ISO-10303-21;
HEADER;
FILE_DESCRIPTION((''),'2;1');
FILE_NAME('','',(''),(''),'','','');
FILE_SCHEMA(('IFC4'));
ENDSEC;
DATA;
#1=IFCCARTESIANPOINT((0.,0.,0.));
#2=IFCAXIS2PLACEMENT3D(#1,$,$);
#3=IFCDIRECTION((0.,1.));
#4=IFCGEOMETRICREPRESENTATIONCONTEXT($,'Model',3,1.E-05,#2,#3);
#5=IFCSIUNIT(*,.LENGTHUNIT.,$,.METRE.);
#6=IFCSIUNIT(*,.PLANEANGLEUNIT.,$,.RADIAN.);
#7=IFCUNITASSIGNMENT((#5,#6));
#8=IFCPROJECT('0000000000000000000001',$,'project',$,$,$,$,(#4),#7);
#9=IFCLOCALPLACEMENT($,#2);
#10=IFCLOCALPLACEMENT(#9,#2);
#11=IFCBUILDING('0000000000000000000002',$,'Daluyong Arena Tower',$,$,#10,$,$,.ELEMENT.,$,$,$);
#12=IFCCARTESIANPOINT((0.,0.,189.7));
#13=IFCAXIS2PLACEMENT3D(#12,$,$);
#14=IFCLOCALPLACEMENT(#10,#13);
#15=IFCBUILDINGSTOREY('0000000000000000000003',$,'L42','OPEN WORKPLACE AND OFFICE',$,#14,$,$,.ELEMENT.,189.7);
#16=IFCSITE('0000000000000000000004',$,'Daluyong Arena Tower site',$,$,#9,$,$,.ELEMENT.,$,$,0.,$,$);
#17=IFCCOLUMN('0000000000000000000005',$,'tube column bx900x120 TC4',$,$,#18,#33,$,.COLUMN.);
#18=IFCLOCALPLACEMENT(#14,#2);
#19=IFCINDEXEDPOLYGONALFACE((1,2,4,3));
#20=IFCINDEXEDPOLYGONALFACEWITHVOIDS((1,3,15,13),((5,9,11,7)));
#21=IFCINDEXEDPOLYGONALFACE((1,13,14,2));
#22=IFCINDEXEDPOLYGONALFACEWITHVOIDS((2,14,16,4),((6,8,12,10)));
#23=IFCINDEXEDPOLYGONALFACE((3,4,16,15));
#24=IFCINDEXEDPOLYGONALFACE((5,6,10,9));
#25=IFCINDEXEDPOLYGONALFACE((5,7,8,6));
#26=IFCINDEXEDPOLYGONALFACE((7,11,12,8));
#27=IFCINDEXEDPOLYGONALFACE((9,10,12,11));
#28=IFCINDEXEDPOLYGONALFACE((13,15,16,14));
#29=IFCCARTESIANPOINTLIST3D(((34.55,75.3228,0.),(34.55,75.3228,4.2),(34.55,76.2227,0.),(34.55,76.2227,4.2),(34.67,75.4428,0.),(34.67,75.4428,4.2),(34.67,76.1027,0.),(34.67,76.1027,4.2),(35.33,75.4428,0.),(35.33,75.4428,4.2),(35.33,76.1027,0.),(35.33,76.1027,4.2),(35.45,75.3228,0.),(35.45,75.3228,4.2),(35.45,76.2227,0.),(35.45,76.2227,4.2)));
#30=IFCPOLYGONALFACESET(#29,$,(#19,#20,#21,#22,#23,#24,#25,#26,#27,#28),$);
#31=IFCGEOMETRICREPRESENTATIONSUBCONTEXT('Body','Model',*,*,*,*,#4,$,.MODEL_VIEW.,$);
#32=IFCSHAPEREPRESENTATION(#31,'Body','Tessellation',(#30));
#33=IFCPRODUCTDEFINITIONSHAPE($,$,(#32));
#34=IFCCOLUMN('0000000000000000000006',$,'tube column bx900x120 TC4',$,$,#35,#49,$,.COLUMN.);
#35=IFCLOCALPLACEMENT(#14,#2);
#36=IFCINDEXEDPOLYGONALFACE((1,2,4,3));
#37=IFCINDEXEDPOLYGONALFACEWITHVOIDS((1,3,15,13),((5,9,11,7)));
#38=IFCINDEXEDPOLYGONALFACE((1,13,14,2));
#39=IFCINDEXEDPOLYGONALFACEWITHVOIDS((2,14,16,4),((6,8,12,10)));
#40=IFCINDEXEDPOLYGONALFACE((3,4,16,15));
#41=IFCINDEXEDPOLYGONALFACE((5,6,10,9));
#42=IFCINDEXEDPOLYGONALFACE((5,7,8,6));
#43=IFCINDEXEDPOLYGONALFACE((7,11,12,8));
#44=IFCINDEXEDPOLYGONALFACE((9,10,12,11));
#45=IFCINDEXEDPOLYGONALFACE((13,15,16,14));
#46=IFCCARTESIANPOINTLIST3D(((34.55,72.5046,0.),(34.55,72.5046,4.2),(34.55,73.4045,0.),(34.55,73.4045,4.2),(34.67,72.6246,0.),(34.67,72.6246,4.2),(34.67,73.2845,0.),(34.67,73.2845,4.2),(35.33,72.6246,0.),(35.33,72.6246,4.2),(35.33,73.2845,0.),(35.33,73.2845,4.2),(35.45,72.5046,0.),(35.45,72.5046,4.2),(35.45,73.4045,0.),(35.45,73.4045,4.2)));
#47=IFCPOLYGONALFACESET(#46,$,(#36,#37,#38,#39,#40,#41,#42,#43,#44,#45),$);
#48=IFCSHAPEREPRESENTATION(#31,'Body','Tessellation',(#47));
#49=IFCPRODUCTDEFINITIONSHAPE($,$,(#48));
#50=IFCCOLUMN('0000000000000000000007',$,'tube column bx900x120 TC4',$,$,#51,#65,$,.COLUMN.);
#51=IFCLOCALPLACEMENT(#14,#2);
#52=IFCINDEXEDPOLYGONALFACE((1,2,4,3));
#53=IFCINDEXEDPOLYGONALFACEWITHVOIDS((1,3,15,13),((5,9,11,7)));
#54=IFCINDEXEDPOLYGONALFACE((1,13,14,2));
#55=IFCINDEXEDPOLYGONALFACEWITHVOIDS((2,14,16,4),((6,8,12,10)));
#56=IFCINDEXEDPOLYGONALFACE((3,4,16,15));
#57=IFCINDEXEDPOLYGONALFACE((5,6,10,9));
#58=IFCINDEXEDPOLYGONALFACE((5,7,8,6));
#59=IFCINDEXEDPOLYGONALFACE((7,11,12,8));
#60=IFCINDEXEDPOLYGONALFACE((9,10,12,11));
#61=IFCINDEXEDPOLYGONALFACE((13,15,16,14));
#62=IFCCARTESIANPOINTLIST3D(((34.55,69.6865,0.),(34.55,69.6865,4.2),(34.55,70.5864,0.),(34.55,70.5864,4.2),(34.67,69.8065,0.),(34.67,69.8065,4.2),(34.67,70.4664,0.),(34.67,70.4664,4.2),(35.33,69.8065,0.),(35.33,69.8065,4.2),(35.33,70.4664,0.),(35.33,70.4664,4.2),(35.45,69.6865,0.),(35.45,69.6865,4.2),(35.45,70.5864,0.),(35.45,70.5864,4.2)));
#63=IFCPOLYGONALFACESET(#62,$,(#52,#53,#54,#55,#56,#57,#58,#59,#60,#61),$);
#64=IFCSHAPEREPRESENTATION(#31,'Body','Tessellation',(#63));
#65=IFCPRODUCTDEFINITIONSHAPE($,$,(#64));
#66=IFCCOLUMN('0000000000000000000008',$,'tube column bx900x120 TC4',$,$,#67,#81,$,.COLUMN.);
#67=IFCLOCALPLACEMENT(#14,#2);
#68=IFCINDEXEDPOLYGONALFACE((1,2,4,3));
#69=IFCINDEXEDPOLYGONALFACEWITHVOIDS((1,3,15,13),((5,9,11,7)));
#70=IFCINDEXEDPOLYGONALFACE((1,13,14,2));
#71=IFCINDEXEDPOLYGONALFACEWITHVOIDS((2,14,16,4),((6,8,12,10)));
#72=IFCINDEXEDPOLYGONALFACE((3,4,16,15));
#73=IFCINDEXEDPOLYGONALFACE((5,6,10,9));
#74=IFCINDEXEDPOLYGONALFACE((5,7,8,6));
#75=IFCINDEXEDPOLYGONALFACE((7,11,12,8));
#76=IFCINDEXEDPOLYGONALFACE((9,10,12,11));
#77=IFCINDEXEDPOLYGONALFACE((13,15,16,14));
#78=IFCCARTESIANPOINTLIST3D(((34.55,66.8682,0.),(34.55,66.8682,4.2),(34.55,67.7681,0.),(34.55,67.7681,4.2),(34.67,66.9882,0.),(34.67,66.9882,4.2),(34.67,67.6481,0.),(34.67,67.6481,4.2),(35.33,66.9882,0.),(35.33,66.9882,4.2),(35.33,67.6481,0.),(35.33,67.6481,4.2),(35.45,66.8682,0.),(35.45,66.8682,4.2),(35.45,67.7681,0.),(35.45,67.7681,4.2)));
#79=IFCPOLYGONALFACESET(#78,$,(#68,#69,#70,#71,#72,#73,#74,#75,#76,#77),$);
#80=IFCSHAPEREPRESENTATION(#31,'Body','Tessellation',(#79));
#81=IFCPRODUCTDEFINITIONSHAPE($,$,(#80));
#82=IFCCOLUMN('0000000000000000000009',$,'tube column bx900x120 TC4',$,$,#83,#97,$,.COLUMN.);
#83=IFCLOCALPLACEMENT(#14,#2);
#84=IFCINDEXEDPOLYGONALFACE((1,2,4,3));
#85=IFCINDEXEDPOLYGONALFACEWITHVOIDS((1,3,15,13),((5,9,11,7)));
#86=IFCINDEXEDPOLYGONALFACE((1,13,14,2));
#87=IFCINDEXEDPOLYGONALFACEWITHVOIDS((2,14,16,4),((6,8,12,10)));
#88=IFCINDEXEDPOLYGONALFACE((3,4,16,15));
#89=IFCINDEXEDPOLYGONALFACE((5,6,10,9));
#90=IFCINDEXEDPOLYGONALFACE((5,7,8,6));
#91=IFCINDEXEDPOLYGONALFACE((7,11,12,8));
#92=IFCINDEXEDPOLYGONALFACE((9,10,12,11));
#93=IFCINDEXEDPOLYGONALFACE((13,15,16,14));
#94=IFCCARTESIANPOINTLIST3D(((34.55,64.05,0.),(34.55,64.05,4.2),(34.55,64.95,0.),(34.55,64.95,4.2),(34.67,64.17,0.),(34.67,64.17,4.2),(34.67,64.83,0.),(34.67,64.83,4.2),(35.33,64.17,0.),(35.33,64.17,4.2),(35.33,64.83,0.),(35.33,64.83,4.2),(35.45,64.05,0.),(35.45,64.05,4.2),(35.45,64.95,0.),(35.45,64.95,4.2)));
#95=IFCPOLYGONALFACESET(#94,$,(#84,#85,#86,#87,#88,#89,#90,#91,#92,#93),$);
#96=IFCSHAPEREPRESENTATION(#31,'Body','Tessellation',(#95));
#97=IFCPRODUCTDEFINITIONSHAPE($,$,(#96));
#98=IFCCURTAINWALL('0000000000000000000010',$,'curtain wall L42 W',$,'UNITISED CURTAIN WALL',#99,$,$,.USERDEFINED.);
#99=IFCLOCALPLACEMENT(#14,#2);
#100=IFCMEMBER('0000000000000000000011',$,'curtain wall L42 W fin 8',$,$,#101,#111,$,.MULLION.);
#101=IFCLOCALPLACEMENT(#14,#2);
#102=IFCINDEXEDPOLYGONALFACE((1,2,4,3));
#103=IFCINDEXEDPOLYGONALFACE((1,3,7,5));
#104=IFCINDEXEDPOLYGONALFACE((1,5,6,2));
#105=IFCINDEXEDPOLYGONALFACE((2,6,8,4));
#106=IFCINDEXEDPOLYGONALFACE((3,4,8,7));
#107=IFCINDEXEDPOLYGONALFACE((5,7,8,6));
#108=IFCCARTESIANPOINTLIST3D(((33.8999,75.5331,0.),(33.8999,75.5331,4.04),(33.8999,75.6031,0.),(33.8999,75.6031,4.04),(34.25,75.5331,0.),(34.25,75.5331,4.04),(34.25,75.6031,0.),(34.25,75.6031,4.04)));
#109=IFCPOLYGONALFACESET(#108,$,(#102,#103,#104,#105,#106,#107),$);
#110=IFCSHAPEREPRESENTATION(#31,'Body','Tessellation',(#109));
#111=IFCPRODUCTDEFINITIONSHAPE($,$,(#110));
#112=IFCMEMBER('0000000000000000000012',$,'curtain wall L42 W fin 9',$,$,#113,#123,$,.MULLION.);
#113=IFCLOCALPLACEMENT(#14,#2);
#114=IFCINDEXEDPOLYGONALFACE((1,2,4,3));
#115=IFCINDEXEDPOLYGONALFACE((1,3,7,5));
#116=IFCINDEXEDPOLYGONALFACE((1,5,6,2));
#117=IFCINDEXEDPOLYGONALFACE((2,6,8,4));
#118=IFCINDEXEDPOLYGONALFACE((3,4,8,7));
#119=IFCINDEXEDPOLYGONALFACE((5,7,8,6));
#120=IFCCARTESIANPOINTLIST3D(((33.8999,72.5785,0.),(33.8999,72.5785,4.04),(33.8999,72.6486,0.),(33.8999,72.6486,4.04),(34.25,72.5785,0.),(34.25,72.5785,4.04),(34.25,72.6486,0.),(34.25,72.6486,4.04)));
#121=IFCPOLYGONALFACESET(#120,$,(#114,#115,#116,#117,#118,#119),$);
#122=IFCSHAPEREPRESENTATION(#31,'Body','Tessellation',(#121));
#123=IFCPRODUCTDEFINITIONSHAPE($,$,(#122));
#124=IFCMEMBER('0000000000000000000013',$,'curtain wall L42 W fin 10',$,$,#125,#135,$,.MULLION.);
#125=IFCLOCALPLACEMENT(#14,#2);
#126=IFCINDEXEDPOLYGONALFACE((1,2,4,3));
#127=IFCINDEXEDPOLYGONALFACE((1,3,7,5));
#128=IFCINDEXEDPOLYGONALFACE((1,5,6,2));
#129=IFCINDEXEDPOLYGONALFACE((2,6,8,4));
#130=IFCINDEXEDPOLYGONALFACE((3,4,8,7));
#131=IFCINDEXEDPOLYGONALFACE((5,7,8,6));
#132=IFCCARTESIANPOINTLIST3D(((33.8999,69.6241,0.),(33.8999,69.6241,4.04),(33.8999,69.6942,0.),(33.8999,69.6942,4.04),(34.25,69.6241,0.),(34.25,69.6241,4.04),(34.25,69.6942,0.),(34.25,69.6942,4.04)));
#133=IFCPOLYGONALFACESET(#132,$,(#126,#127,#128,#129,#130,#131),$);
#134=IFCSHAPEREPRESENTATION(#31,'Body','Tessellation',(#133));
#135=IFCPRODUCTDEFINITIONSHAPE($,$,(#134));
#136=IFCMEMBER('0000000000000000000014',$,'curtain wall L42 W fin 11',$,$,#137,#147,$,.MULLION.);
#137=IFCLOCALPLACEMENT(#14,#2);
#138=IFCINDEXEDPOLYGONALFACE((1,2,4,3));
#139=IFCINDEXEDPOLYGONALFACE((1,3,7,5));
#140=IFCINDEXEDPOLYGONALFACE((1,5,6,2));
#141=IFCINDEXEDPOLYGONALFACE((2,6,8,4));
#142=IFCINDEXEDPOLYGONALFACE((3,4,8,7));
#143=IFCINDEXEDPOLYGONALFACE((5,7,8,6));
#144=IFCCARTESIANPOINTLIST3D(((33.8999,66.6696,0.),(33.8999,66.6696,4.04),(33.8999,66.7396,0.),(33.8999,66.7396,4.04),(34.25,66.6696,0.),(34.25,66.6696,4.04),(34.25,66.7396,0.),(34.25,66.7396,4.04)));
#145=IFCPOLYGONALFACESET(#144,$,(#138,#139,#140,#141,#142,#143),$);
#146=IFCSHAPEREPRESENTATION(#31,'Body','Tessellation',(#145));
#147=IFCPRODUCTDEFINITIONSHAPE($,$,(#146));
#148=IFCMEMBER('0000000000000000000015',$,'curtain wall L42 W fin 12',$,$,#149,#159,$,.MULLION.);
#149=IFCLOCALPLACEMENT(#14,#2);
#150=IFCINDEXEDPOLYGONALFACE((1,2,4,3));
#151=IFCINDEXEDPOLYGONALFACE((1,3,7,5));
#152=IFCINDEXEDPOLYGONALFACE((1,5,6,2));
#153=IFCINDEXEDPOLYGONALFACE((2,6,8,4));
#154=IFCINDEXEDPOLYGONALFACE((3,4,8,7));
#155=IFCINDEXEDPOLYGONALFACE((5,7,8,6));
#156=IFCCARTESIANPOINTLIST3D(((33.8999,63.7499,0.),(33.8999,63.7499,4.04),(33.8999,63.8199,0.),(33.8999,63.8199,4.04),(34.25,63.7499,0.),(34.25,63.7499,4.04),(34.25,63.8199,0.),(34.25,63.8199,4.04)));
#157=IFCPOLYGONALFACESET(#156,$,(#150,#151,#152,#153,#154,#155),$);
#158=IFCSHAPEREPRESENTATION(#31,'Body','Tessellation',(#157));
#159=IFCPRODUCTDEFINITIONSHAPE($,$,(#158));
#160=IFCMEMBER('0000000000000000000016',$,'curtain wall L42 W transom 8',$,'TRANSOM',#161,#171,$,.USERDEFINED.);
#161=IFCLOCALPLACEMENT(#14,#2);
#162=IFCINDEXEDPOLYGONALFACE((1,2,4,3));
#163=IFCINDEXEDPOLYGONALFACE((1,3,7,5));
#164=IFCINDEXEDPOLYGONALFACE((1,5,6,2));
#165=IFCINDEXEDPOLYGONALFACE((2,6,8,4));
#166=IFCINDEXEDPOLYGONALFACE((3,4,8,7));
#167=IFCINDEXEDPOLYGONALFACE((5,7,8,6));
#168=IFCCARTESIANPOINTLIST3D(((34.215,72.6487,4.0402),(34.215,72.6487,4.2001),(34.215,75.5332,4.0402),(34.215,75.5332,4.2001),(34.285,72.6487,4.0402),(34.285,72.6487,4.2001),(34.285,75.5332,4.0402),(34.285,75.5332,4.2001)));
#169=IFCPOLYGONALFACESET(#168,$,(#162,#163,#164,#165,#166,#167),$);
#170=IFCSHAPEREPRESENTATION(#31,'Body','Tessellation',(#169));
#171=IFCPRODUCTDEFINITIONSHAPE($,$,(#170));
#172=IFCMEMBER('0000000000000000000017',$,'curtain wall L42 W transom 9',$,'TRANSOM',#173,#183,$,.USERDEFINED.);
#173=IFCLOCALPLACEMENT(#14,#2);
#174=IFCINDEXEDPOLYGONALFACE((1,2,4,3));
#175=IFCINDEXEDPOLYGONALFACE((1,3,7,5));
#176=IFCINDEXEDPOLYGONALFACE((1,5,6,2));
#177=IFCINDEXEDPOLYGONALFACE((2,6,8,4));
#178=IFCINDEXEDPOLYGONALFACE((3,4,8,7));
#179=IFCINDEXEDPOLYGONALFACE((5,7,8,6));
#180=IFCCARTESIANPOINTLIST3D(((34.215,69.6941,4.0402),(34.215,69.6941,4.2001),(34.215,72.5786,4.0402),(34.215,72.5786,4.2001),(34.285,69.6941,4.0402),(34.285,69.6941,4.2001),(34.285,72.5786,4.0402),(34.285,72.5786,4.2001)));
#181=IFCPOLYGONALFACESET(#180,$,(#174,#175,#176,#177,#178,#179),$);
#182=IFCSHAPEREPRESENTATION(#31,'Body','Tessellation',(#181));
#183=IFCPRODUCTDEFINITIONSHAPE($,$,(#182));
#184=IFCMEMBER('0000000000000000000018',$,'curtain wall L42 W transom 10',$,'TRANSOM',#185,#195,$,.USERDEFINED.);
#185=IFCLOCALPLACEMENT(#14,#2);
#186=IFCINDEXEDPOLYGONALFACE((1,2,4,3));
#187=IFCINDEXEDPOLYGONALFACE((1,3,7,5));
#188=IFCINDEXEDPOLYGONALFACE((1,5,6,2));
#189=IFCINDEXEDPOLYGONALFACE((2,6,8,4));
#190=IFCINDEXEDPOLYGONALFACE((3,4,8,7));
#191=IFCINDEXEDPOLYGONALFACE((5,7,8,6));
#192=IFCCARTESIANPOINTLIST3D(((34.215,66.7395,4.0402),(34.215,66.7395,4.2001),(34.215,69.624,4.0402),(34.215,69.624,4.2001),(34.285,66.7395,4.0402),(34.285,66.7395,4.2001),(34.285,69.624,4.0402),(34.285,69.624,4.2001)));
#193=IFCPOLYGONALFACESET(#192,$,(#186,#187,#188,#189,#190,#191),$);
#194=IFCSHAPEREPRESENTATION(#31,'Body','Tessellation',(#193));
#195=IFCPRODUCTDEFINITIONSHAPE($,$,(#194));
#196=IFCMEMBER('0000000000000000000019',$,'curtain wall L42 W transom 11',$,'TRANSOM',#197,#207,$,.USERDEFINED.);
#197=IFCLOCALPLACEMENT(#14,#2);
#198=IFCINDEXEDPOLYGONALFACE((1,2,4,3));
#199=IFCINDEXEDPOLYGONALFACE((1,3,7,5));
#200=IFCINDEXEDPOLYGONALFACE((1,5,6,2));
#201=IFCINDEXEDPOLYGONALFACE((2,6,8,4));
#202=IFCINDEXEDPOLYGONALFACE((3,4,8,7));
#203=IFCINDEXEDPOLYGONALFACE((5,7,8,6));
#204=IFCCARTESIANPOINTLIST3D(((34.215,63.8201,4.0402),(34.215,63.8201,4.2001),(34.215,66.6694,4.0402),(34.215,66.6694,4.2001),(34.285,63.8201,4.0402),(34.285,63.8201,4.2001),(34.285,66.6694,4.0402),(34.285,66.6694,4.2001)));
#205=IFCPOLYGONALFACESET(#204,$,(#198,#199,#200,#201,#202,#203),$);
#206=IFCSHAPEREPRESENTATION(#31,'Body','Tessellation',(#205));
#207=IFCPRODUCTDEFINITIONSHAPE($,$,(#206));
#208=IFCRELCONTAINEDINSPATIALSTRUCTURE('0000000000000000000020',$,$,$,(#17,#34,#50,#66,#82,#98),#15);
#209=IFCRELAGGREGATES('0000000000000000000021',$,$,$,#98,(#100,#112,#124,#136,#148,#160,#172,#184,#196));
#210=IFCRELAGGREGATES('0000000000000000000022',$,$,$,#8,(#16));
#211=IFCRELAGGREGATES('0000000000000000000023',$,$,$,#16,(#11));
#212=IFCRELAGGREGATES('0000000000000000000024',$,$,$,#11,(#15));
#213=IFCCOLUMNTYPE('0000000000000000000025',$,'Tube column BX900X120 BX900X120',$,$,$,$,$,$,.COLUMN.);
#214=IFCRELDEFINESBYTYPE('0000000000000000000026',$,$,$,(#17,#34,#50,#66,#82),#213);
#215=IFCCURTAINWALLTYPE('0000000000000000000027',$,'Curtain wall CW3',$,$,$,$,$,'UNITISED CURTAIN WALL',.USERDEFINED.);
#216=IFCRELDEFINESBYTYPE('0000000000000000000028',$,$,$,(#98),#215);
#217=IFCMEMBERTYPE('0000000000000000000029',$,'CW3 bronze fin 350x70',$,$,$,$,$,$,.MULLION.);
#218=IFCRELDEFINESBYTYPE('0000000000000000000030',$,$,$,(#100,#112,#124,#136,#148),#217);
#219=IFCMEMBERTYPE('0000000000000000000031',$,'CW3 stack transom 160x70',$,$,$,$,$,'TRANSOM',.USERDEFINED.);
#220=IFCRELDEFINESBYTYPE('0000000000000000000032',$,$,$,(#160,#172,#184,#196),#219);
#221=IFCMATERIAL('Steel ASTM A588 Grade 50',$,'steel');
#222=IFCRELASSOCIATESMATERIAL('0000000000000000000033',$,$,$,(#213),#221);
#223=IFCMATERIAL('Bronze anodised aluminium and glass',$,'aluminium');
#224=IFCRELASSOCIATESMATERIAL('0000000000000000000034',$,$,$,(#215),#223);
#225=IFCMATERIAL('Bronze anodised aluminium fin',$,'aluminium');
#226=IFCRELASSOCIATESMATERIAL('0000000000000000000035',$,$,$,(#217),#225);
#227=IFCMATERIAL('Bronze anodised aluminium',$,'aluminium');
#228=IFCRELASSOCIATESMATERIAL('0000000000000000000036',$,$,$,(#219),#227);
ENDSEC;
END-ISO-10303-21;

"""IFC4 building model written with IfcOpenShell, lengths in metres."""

from ifc_helpers import new_model, si_unit, direction, frame, origin, origin_2d, place, context, subcontext, project, spatial, rectangle, hollow_rectangle, extrude, material, material_profile, profile_set, type_object, element, aggregate, save


model = new_model("IFC4")

# Units and contexts
model_context = context("Model", 3, precision=1e-05, world=origin(), true_north=direction((0.0, 1.0)))
body_context = subcontext(model_context, "Body", "Model", "MODEL_VIEW")
ifc_project = project(units=[si_unit("LENGTHUNIT", "METRE"), si_unit("PLANEANGLEUNIT", "RADIAN")], contexts=[model_context])

# Site, building, storey
site_placement = place(None, origin())
site = spatial("IfcSite", under=ifc_project, at=site_placement, Name="Daluyong Arena Tower site", CompositionType="ELEMENT", RefElevation=0.0)
building_placement = place(site_placement, origin())
building = spatial("IfcBuilding", under=site, at=building_placement, Name="Daluyong Arena Tower", CompositionType="ELEMENT")
storey_placement = place(building_placement, frame((0.0, 0.0, 189.7)))
storey = spatial("IfcBuildingStorey", under=building, at=storey_placement, Name="L42", Description="OPEN WORKPLACE AND OFFICE", CompositionType="ELEMENT", Elevation=189.7)

# Columns
ifc_material_1 = material(Name="Steel ASTM A588 Grade 50", Category="steel")
ifc_material_profile_1 = material_profile(ifc_material_1, hollow_rectangle(XDim=0.8999, YDim=0.8999, WallThickness=0.12, at=origin_2d()))
ifc_profile_set_1 = profile_set([ifc_material_profile_1], Name="Steel ASTM A588 Grade 50")
column_type = type_object("IfcColumnType", Name="Tube column BX900X120 BX900X120", PredefinedType="COLUMN", material=ifc_profile_set_1)
for number, where, z_axis, x_axis, name in (
    (1, (35.0, 75.7727, 0.0), (0.0, 0.0, 1.0), (0.0, 1.0, 0.0), "tube column bx900x120 TC4"),
    (2, (35.0, 72.9546, 0.0), (0.0, 0.0, 1.0), (0.0, 1.0, 0.0), "tube column bx900x120 TC4"),
    (3, (35.0, 70.1365, 0.0), (0.0, 0.0, 1.0), (0.0, 1.0, 0.0), "tube column bx900x120 TC4"),
    (4, (35.0, 67.3181, 0.0), (0.0, 0.0, 1.0), (0.0, 1.0, 0.0), "tube column bx900x120 TC4"),
    (5, (35.0, 64.5, 0.0), (0.0, 0.0, 1.0), (1.0, 0.0, 0.0), "tube column bx900x120 TC4"),
):
    element("IfcColumn", number, at=place(storey_placement, frame(where, z_axis=z_axis, x_axis=x_axis)), inside=storey, type_object=column_type, Name=name, PredefinedType="COLUMN", context=body_context, shape_type="SweptSolid", body=[
        extrude(hollow_rectangle(XDim=0.8999, YDim=0.8999, WallThickness=0.12, at=origin_2d()), origin(), (0.0, 0.0, 1.0), 4.2),
    ])

# Curtain wall, members
ifc_material_2 = material(Name="Bronze anodised aluminium and glass", Category="aluminium")
curtain_wall_type_1 = type_object("IfcCurtainWallType", Name="Curtain wall CW3", ElementType="UNITISED CURTAIN WALL", PredefinedType="USERDEFINED", material=ifc_material_2)
curtain_wall_1_placement = place(storey_placement, origin())
curtain_wall_1 = element("IfcCurtainWall", 6, at=curtain_wall_1_placement, inside=storey, type_object=curtain_wall_type_1, Name="curtain wall L42 W", ObjectType="UNITISED CURTAIN WALL", PredefinedType="USERDEFINED")
ifc_material_3 = material(Name="Bronze anodised aluminium fin", Category="aluminium")
ifc_material_profile_2 = material_profile(ifc_material_3, rectangle(XDim=0.3501, YDim=0.0701, at=origin_2d()))
ifc_profile_set_2 = profile_set([ifc_material_profile_2], Name="Bronze anodised aluminium fin")
member_type_1 = type_object("IfcMemberType", Name="CW3 bronze fin 350x70", PredefinedType="MULLION", material=ifc_profile_set_2)
member_1_placement = place(storey_placement, frame((34.075, 75.5681, 0.0), z_axis=(0.0, 0.0, 1.0), x_axis=(1.0, 0.0, 0.0)))
member_1 = element("IfcMember", 7, at=member_1_placement, type_object=member_type_1, Name="curtain wall L42 W fin 8", PredefinedType="MULLION", context=body_context, shape_type="SweptSolid", body=[
    extrude(rectangle(XDim=0.3501, YDim=0.0701, at=origin_2d()), origin(), (0.0, 0.0, 1.0), 4.04),
])
member_2_placement = place(storey_placement, frame((34.075, 72.6135, 0.0), z_axis=(0.0, 0.0, 1.0), x_axis=(1.0, 0.0, 0.0)))
member_2 = element("IfcMember", 8, at=member_2_placement, type_object=member_type_1, Name="curtain wall L42 W fin 9", PredefinedType="MULLION", context=body_context, shape_type="SweptSolid", body=[
    extrude(rectangle(XDim=0.3501, YDim=0.0701, at=origin_2d()), origin(), (0.0, 0.0, 1.0), 4.04),
])
member_3_placement = place(storey_placement, frame((34.075, 69.6592, 0.0), z_axis=(0.0, 0.0, 1.0), x_axis=(1.0, 0.0, 0.0)))
member_3 = element("IfcMember", 9, at=member_3_placement, type_object=member_type_1, Name="curtain wall L42 W fin 10", PredefinedType="MULLION", context=body_context, shape_type="SweptSolid", body=[
    extrude(rectangle(XDim=0.3501, YDim=0.0701, at=origin_2d()), origin(), (0.0, 0.0, 1.0), 4.04),
])
member_4_placement = place(storey_placement, frame((34.075, 66.7046, 0.0), z_axis=(0.0, 0.0, 1.0), x_axis=(1.0, 0.0, 0.0)))
member_4 = element("IfcMember", 10, at=member_4_placement, type_object=member_type_1, Name="curtain wall L42 W fin 11", PredefinedType="MULLION", context=body_context, shape_type="SweptSolid", body=[
    extrude(rectangle(XDim=0.3501, YDim=0.0701, at=origin_2d()), origin(), (0.0, 0.0, 1.0), 4.04),
])
member_5_placement = place(storey_placement, frame((34.075, 63.7849, 0.0), z_axis=(0.0, 0.0, 1.0), x_axis=(1.0, 0.0, 0.0)))
member_5 = element("IfcMember", 11, at=member_5_placement, type_object=member_type_1, Name="curtain wall L42 W fin 12", PredefinedType="MULLION", context=body_context, shape_type="SweptSolid", body=[
    extrude(rectangle(XDim=0.3501, YDim=0.0701, at=origin_2d()), origin(), (0.0, 0.0, 1.0), 4.04),
])
ifc_material_4 = material(Name="Bronze anodised aluminium", Category="aluminium")
ifc_material_profile_3 = material_profile(ifc_material_4, rectangle(XDim=0.0701, YDim=0.1599, at=origin_2d()))
ifc_profile_set_3 = profile_set([ifc_material_profile_3], Name="Bronze anodised aluminium")
member_type_2 = type_object("IfcMemberType", Name="CW3 stack transom 160x70", ElementType="TRANSOM", PredefinedType="USERDEFINED", material=ifc_profile_set_3)
member_6_placement = place(storey_placement, frame((34.25, 75.5332, 4.1201), z_axis=(0.0, -1.0, 0.0), x_axis=(1.0, 0.0, 0.0)))
member_6 = element("IfcMember", 12, at=member_6_placement, type_object=member_type_2, Name="curtain wall L42 W transom 8", ObjectType="TRANSOM", PredefinedType="USERDEFINED", context=body_context, shape_type="SweptSolid", body=[
    extrude(rectangle(XDim=0.0701, YDim=0.1599, at=origin_2d()), origin(), (0.0, 0.0, 1.0), 2.8845),
])
member_7_placement = place(storey_placement, frame((34.25, 72.5786, 4.1201), z_axis=(0.0, -1.0, 0.0), x_axis=(1.0, 0.0, 0.0)))
member_7 = element("IfcMember", 13, at=member_7_placement, type_object=member_type_2, Name="curtain wall L42 W transom 9", ObjectType="TRANSOM", PredefinedType="USERDEFINED", context=body_context, shape_type="SweptSolid", body=[
    extrude(rectangle(XDim=0.0701, YDim=0.1599, at=origin_2d()), origin(), (0.0, 0.0, 1.0), 2.8845),
])
member_8_placement = place(storey_placement, frame((34.25, 69.624, 4.1201), z_axis=(0.0, -1.0, 0.0), x_axis=(1.0, 0.0, 0.0)))
member_8 = element("IfcMember", 14, at=member_8_placement, type_object=member_type_2, Name="curtain wall L42 W transom 10", ObjectType="TRANSOM", PredefinedType="USERDEFINED", context=body_context, shape_type="SweptSolid", body=[
    extrude(rectangle(XDim=0.0701, YDim=0.1599, at=origin_2d()), origin(), (0.0, 0.0, 1.0), 2.8845),
])
member_9_placement = place(storey_placement, frame((34.25, 66.6694, 4.1201), z_axis=(0.0, -1.0, 0.0), x_axis=(1.0, 0.0, 0.0)))
member_9 = element("IfcMember", 15, at=member_9_placement, type_object=member_type_2, Name="curtain wall L42 W transom 11", ObjectType="TRANSOM", PredefinedType="USERDEFINED", context=body_context, shape_type="SweptSolid", body=[
    extrude(rectangle(XDim=0.0701, YDim=0.1599, at=origin_2d()), origin(), (0.0, 0.0, 1.0), 2.8494),
])

aggregate(curtain_wall_1, [member_1, member_2, member_3, member_4, member_5, member_6, member_7, member_8, member_9])

save(model, "model.ifc")
